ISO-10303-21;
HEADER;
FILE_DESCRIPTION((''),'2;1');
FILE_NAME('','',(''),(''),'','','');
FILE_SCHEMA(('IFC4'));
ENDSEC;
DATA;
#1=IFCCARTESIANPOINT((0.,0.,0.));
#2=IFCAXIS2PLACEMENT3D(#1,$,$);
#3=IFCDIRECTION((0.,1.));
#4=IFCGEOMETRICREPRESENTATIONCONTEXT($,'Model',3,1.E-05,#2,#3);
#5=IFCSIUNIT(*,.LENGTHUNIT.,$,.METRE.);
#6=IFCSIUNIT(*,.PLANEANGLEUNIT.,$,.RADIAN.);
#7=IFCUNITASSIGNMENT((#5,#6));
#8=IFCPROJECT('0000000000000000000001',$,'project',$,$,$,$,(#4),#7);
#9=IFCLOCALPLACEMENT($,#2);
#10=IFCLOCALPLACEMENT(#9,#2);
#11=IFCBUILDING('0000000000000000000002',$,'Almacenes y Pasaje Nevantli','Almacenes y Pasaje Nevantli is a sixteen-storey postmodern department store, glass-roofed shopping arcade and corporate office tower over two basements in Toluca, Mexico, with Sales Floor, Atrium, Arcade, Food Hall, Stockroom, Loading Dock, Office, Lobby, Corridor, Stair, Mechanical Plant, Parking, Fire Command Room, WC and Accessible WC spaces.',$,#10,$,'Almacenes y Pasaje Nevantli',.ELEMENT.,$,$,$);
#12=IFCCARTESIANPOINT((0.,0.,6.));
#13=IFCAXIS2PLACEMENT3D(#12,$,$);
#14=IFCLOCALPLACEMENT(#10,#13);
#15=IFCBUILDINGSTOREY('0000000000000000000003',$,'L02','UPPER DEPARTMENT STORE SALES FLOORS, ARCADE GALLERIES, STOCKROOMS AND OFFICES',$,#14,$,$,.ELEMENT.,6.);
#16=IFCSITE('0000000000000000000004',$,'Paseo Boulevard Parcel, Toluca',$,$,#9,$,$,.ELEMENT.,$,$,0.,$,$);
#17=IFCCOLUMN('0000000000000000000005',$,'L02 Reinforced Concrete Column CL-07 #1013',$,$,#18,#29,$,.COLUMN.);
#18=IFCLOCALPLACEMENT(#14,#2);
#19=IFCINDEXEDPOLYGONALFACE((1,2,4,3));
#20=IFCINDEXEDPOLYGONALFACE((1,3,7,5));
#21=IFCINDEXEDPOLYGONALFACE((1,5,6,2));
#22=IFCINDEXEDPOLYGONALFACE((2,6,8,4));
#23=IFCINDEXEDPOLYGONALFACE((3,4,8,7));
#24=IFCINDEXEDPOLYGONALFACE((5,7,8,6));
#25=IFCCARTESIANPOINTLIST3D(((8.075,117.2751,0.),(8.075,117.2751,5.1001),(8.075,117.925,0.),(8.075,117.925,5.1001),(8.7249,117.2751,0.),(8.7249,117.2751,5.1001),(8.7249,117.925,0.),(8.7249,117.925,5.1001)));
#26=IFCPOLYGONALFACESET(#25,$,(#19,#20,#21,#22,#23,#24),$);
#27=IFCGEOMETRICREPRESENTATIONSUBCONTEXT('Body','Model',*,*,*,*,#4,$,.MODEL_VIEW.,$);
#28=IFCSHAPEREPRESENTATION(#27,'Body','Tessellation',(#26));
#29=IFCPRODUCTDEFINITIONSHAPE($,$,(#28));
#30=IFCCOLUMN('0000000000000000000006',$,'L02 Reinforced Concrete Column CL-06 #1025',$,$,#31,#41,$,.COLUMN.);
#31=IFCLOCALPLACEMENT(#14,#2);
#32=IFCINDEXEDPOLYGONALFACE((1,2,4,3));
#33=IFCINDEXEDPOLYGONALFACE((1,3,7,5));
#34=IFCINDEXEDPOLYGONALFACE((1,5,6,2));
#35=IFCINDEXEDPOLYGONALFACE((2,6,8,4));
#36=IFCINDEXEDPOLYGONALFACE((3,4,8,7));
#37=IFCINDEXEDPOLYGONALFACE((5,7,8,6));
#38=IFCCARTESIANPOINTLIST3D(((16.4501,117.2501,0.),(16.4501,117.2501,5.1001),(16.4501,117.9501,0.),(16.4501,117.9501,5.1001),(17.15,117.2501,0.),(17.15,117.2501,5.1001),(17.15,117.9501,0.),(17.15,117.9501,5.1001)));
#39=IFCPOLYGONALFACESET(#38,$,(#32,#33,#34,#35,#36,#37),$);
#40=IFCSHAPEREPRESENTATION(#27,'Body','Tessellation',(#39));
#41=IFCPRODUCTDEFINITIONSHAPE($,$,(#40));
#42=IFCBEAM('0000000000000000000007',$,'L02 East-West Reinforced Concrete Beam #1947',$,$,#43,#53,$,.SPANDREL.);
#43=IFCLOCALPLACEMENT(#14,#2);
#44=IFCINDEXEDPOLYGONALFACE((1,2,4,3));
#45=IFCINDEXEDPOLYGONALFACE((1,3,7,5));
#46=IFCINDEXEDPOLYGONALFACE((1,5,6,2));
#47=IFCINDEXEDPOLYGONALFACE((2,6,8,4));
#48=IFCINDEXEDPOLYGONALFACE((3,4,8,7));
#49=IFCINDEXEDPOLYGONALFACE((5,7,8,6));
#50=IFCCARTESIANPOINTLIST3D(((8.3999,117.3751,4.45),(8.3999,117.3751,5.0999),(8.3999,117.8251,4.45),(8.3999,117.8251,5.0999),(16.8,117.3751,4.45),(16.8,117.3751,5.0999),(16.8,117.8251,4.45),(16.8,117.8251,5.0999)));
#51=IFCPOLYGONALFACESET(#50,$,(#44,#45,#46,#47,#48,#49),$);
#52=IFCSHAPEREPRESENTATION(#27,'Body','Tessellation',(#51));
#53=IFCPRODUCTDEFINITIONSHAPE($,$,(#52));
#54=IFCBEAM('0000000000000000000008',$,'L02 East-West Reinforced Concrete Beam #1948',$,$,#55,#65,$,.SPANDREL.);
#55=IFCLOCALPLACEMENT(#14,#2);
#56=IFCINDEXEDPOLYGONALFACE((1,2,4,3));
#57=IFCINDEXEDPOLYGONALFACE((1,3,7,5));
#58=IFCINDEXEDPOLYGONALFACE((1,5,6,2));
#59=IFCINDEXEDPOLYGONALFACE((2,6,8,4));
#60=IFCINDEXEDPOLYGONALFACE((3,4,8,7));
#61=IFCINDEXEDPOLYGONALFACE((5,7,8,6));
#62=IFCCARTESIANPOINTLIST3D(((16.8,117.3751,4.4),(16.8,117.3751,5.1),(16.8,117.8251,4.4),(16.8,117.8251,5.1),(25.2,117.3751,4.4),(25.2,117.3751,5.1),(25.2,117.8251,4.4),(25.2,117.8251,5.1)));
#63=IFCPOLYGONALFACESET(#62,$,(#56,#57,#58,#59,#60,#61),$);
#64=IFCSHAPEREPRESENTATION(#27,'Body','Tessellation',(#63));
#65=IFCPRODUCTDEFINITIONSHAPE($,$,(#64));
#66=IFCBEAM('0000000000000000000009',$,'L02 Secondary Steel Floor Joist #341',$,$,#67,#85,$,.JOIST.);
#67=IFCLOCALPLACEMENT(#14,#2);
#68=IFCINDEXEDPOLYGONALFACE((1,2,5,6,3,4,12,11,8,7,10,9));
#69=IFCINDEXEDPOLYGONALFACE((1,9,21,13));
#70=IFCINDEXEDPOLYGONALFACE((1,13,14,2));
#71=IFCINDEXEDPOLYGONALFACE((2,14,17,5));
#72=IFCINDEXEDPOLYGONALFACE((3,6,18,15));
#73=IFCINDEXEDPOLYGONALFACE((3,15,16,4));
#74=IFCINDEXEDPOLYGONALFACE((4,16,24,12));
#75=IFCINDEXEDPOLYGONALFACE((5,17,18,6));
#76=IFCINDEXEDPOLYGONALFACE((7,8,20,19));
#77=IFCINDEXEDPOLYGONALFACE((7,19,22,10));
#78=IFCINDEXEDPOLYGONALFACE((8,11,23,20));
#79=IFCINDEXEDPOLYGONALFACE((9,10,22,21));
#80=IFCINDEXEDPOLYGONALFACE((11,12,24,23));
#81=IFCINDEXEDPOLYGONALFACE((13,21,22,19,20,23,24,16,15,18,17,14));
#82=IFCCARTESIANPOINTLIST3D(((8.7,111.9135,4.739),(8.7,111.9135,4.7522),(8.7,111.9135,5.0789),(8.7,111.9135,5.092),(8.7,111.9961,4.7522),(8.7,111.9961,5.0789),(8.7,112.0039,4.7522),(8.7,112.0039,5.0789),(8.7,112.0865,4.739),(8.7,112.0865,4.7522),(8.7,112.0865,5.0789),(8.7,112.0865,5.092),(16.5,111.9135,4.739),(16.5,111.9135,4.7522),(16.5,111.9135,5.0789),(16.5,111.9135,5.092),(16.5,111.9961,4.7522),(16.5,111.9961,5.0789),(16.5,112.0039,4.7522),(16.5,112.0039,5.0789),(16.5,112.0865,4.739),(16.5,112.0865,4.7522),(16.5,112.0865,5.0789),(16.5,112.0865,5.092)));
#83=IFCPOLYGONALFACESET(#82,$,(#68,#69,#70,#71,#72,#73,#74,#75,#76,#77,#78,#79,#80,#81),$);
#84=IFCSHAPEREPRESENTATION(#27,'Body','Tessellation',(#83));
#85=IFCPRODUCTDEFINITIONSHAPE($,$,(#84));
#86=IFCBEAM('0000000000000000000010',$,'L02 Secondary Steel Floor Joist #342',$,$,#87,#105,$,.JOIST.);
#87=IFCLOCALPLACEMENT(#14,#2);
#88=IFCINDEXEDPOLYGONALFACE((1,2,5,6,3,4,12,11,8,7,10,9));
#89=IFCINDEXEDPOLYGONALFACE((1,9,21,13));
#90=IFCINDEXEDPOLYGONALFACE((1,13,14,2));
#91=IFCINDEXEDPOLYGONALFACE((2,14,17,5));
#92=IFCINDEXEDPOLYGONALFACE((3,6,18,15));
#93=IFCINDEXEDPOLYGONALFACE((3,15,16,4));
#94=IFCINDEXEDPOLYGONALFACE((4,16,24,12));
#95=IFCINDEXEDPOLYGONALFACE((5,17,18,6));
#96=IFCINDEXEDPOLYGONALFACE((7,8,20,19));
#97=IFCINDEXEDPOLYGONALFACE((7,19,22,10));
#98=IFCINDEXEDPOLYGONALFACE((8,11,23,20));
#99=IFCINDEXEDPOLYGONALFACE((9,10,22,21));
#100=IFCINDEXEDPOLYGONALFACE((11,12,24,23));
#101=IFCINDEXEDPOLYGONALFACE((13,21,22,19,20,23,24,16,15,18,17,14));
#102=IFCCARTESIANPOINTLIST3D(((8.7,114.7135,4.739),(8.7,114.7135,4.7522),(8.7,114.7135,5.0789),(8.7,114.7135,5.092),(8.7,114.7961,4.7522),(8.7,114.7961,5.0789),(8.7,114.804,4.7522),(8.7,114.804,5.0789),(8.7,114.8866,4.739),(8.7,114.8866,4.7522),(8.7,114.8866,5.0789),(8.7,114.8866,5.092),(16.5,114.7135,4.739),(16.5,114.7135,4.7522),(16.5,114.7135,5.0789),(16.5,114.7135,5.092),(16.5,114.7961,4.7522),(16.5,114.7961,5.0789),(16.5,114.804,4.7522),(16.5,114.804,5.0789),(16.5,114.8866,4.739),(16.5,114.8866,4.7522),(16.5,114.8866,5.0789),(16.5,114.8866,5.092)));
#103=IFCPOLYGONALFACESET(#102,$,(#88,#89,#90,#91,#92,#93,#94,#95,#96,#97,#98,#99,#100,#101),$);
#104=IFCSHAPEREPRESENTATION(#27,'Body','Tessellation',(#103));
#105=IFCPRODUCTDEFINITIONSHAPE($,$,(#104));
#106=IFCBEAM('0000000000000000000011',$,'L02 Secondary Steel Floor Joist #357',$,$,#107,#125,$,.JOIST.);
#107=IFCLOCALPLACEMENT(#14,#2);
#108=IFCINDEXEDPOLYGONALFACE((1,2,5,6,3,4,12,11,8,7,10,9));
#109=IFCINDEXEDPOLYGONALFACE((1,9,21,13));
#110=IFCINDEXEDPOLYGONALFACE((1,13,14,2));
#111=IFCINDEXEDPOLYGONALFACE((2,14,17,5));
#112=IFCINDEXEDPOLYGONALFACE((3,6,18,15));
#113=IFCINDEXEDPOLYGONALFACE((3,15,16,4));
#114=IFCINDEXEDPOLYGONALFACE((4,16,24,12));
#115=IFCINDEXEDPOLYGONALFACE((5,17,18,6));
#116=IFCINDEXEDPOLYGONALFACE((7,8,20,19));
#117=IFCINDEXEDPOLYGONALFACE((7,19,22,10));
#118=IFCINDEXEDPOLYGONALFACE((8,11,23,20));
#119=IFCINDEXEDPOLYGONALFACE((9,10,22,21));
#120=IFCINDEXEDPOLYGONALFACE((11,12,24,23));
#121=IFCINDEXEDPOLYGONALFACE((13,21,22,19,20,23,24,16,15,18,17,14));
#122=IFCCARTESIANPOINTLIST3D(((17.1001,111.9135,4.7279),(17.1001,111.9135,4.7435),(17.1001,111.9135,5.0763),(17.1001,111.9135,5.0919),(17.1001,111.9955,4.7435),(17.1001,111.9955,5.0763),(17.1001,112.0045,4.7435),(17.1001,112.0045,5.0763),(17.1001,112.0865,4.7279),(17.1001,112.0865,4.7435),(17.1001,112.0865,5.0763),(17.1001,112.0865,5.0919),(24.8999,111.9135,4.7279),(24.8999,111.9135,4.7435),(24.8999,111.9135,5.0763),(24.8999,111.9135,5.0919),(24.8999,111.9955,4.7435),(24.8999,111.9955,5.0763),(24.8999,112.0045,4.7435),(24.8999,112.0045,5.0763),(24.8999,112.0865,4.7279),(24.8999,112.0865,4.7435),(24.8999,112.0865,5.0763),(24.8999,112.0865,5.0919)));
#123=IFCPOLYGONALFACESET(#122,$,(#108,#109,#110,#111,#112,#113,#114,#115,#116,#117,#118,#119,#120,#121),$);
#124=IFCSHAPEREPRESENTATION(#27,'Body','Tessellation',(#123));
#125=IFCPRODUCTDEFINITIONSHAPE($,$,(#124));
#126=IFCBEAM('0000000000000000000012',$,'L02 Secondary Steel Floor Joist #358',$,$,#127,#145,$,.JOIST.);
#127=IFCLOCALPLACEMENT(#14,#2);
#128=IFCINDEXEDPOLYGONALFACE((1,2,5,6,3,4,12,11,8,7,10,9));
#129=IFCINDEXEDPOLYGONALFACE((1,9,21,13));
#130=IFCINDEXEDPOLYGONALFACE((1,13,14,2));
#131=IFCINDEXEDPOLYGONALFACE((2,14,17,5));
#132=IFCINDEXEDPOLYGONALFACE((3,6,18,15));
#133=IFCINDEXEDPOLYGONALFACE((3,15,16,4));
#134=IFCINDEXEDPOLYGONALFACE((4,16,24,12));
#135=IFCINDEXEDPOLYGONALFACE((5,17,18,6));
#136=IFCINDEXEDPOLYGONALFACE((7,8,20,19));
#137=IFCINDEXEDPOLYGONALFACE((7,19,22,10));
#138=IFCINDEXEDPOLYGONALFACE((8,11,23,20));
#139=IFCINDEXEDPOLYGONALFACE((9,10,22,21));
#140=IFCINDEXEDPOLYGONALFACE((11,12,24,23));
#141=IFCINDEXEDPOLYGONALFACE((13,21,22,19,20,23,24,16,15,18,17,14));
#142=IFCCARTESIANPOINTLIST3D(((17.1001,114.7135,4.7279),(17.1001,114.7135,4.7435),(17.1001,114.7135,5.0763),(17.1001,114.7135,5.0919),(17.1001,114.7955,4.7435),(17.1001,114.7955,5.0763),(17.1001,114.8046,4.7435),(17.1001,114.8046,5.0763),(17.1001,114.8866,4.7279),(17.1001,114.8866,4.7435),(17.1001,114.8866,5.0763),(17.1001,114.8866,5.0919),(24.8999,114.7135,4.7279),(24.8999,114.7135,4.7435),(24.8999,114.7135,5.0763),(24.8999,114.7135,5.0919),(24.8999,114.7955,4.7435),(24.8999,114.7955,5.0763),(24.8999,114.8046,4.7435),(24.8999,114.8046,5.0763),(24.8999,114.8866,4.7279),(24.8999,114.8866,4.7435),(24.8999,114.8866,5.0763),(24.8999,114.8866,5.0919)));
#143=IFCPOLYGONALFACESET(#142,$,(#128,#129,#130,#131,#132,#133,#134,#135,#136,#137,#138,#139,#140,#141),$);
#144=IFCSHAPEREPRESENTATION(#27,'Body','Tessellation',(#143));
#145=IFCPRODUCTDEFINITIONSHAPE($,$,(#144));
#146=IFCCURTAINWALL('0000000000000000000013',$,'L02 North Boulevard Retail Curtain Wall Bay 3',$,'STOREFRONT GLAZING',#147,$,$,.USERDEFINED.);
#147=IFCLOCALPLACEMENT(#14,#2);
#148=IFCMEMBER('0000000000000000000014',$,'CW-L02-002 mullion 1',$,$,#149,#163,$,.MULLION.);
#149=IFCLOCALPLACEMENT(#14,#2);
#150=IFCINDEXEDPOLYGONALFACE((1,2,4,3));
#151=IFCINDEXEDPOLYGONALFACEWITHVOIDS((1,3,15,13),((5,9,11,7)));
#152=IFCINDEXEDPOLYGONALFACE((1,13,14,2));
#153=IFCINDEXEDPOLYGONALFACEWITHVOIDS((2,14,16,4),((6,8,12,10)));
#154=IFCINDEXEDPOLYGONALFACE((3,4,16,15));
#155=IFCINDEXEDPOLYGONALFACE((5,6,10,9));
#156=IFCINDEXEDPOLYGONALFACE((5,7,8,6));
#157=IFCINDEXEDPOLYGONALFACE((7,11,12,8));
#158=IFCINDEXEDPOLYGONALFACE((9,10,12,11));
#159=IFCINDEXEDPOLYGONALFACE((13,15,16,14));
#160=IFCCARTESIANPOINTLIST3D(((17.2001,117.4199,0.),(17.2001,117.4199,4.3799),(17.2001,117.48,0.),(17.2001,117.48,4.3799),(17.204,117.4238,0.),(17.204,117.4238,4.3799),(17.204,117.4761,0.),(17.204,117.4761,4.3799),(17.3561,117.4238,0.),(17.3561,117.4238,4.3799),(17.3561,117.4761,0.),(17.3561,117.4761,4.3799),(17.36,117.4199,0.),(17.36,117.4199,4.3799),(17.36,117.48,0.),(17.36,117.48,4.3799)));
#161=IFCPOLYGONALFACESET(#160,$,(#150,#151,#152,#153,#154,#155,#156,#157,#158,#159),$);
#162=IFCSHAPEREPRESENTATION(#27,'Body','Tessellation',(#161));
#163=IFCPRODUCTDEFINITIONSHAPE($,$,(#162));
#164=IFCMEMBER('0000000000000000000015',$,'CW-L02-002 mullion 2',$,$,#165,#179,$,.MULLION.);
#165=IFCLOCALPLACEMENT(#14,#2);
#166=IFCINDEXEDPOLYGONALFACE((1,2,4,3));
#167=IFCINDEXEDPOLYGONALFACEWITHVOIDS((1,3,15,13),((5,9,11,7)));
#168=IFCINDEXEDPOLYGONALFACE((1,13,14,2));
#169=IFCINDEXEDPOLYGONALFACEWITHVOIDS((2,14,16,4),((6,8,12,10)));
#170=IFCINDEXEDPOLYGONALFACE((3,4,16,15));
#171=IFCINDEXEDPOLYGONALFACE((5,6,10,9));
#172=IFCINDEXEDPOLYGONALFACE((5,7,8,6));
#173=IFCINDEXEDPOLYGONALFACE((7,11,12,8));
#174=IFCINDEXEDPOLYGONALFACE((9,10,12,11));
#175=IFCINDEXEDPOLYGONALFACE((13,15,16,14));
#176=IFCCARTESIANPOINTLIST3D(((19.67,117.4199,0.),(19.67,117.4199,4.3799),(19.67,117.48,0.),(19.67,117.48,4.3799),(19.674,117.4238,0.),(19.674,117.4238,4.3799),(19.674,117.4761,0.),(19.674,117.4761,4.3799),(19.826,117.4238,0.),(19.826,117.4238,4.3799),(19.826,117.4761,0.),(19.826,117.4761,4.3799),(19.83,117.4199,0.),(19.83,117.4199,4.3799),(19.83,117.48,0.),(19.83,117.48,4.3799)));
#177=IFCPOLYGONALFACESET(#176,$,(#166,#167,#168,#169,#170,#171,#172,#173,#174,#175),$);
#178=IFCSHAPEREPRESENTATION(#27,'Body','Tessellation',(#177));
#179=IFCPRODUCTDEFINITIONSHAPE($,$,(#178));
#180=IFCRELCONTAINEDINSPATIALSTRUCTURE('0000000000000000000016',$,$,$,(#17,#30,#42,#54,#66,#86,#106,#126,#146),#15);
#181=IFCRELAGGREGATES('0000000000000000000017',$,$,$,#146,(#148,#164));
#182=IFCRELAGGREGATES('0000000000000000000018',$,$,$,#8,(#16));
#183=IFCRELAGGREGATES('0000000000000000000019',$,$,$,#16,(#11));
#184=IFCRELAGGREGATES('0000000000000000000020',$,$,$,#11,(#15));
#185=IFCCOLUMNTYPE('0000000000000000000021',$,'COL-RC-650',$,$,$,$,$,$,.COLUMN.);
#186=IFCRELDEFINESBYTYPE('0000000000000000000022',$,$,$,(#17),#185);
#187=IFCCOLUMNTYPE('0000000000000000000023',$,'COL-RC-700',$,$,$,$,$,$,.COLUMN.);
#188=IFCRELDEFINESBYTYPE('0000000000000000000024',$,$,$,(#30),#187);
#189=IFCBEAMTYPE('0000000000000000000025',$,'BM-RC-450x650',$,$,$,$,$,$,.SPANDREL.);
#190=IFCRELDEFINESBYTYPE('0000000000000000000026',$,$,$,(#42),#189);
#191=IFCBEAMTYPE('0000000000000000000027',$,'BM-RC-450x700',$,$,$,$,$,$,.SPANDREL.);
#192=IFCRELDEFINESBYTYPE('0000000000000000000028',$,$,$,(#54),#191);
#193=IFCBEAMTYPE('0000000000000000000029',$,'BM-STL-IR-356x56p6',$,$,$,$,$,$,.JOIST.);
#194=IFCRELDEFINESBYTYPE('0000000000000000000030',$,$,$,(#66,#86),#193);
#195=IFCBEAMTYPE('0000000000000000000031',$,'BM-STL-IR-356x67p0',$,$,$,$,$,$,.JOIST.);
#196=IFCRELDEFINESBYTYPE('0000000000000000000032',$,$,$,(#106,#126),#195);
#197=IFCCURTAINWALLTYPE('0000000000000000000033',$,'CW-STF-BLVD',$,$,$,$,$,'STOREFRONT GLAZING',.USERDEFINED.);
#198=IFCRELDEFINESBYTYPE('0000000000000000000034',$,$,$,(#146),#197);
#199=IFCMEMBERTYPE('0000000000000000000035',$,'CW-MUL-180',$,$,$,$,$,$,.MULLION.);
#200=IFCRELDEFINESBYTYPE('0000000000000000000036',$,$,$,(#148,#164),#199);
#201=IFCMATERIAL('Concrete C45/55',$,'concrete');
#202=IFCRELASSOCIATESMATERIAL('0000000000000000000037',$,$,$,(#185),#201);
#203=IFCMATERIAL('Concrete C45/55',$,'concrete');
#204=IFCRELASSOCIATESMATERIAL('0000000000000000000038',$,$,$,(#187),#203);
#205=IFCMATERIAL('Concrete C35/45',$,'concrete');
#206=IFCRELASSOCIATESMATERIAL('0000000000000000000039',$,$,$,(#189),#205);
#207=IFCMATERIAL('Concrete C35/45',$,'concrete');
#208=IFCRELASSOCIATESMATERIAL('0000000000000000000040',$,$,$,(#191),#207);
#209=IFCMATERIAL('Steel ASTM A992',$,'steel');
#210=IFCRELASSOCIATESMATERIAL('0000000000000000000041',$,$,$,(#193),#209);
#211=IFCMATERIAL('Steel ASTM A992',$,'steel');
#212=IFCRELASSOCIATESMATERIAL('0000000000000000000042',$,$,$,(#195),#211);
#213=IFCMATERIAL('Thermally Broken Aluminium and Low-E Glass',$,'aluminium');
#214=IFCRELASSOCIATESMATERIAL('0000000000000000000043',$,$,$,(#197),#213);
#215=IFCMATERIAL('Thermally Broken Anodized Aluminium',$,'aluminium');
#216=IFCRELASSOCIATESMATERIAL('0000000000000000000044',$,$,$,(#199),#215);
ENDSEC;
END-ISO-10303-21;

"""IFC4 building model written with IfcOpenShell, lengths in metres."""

from ifc_helpers import new_model, si_unit, direction, frame, origin, origin_2d, place, context, subcontext, project, spatial, rectangle, hollow_rectangle, i_section, extrude, material, material_profile, profile_set, type_object, element, aggregate, save


model = new_model("IFC4")

# Units and contexts
model_context = context("Model", 3, precision=1e-05, world=origin(), true_north=direction((0.0, 1.0)))
body_context = subcontext(model_context, "Body", "Model", "MODEL_VIEW")
ifc_project = project(units=[si_unit("LENGTHUNIT", "METRE"), si_unit("PLANEANGLEUNIT", "RADIAN")], contexts=[model_context])

# Site, building, storey
site_placement = place(None, origin())
site = spatial("IfcSite", under=ifc_project, at=site_placement, Name="Paseo Boulevard Parcel, Toluca", CompositionType="ELEMENT", RefElevation=0.0)
building_placement = place(site_placement, origin())
building = spatial("IfcBuilding", under=site, at=building_placement, Name="Almacenes y Pasaje Nevantli", Description="Almacenes y Pasaje Nevantli is a sixteen-storey postmodern department store, glass-roofed shopping arcade and corporate office tower over two basements in Toluca, Mexico, with Sales Floor, Atrium, Arcade, Food Hall, Stockroom, Loading Dock, Office, Lobby, Corridor, Stair, Mechanical Plant, Parking, Fire Command Room, WC and Accessible WC spaces.", LongName="Almacenes y Pasaje Nevantli", CompositionType="ELEMENT")
storey_placement = place(building_placement, frame((0.0, 0.0, 6.0)))
storey = spatial("IfcBuildingStorey", under=building, at=storey_placement, Name="L02", Description="UPPER DEPARTMENT STORE SALES FLOORS, ARCADE GALLERIES, STOCKROOMS AND OFFICES", CompositionType="ELEMENT", Elevation=6.0)

# Columns
ifc_material_1 = material(Name="Concrete C45/55", Category="concrete")
ifc_material_profile_1 = material_profile(ifc_material_1, rectangle(XDim=0.6499, YDim=0.6499, at=origin_2d()), Name="RC-COL-650x650")
ifc_profile_set_1 = profile_set([ifc_material_profile_1], Name="Concrete C45/55")
column_type_1 = type_object("IfcColumnType", Name="COL-RC-650", PredefinedType="COLUMN", material=ifc_profile_set_1)
column_1_placement = place(storey_placement, frame((8.3999, 117.6001, 0.0), z_axis=(0.0, 0.0, 1.0), x_axis=(1.0, 0.0, 0.0)))
element("IfcColumn", 1, at=column_1_placement, inside=storey, type_object=column_type_1, Name="L02 Reinforced Concrete Column CL-07 #1013", PredefinedType="COLUMN", context=body_context, shape_type="SweptSolid", body=[
    extrude(rectangle(XDim=0.6499, YDim=0.6499, at=origin_2d()), origin(), (0.0, 0.0, 1.0), 5.1001),
])
ifc_material_2 = material(Name="Concrete C45/55", Category="concrete")
ifc_material_profile_2 = material_profile(ifc_material_2, rectangle(XDim=0.7, YDim=0.7, at=origin_2d()), Name="RC-COL-700x700")
ifc_profile_set_2 = profile_set([ifc_material_profile_2], Name="Concrete C45/55")
column_type_2 = type_object("IfcColumnType", Name="COL-RC-700", PredefinedType="COLUMN", material=ifc_profile_set_2)
column_2_placement = place(storey_placement, frame((16.8, 117.6001, 0.0), z_axis=(0.0, 0.0, 1.0), x_axis=(1.0, 0.0, 0.0)))
element("IfcColumn", 2, at=column_2_placement, inside=storey, type_object=column_type_2, Name="L02 Reinforced Concrete Column CL-06 #1025", PredefinedType="COLUMN", context=body_context, shape_type="SweptSolid", body=[
    extrude(rectangle(XDim=0.7, YDim=0.7, at=origin_2d()), origin(), (0.0, 0.0, 1.0), 5.1001),
])

# Beams
ifc_material_3 = material(Name="Concrete C35/45", Category="concrete")
ifc_material_profile_3 = material_profile(ifc_material_3, rectangle(XDim=0.45, YDim=0.6499, at=origin_2d()), Name="RC-BM-450x650")
ifc_profile_set_3 = profile_set([ifc_material_profile_3], Name="Concrete C35/45")
beam_type_1 = type_object("IfcBeamType", Name="BM-RC-450x650", PredefinedType="SPANDREL", material=ifc_profile_set_3)
beam_1_placement = place(storey_placement, frame((8.3999, 117.6001, 4.7749), z_axis=(1.0, 0.0, 0.0), x_axis=(0.0, 1.0, 0.0)))
element("IfcBeam", 3, at=beam_1_placement, inside=storey, type_object=beam_type_1, Name="L02 East-West Reinforced Concrete Beam #1947", PredefinedType="SPANDREL", context=body_context, shape_type="SweptSolid", body=[
    extrude(rectangle(XDim=0.45, YDim=0.6499, at=origin_2d()), origin(), (0.0, 0.0, 1.0), 8.4001),
])
ifc_material_4 = material(Name="Concrete C35/45", Category="concrete")
ifc_material_profile_4 = material_profile(ifc_material_4, rectangle(XDim=0.45, YDim=0.7, at=origin_2d()), Name="RC-BM-450x700")
ifc_profile_set_4 = profile_set([ifc_material_profile_4], Name="Concrete C35/45")
beam_type_2 = type_object("IfcBeamType", Name="BM-RC-450x700", PredefinedType="SPANDREL", material=ifc_profile_set_4)
beam_2_placement = place(storey_placement, frame((16.8, 117.6001, 4.75), z_axis=(1.0, 0.0, 0.0), x_axis=(0.0, 1.0, 0.0)))
element("IfcBeam", 4, at=beam_2_placement, inside=storey, type_object=beam_type_2, Name="L02 East-West Reinforced Concrete Beam #1948", PredefinedType="SPANDREL", context=body_context, shape_type="SweptSolid", body=[
    extrude(rectangle(XDim=0.45, YDim=0.7, at=origin_2d()), origin(), (0.0, 0.0, 1.0), 8.3999),
])
ifc_material_5 = material(Name="Steel ASTM A992", Category="steel")
ifc_material_profile_5 = material_profile(ifc_material_5, i_section(OverallWidth=0.1731, OverallDepth=0.353, WebThickness=0.0078, FlangeThickness=0.0132, at=origin_2d()), Name="IR 356x56.6")
ifc_profile_set_5 = profile_set([ifc_material_profile_5], Name="Steel ASTM A992")
beam_type_3 = type_object("IfcBeamType", Name="BM-STL-IR-356x56p6", PredefinedType="JOIST", material=ifc_profile_set_5)
for number, where, z_axis, x_axis, name in (
    (5, (8.7, 112.0, 4.9155), (1.0, 0.0, 0.0), (0.0, 1.0, 0.0), "L02 Secondary Steel Floor Joist #341"),
    (6, (8.7, 114.8, 4.9155), (1.0, 0.0, 0.0), (0.0, 1.0, 0.0), "L02 Secondary Steel Floor Joist #342"),
):
    element("IfcBeam", number, at=place(storey_placement, frame(where, z_axis=z_axis, x_axis=x_axis)), inside=storey, type_object=beam_type_3, Name=name, PredefinedType="JOIST", context=body_context, shape_type="SweptSolid", body=[
        extrude(i_section(OverallWidth=0.1731, OverallDepth=0.353, WebThickness=0.0078, FlangeThickness=0.0132, at=origin_2d()), origin(), (0.0, 0.0, 1.0), 7.8),
    ])
ifc_material_6 = material(Name="Steel ASTM A992", Category="steel")
ifc_material_profile_6 = material_profile(ifc_material_6, i_section(OverallWidth=0.1731, OverallDepth=0.364, WebThickness=0.009, FlangeThickness=0.0156, at=origin_2d()), Name="IR 356x67.0")
ifc_profile_set_6 = profile_set([ifc_material_profile_6], Name="Steel ASTM A992")
beam_type_4 = type_object("IfcBeamType", Name="BM-STL-IR-356x67p0", PredefinedType="JOIST", material=ifc_profile_set_6)
for number, where, z_axis, x_axis, name in (
    (7, (17.1001, 112.0, 4.9099), (1.0, 0.0, 0.0), (0.0, 1.0, 0.0), "L02 Secondary Steel Floor Joist #357"),
    (8, (17.1001, 114.8, 4.9099), (1.0, 0.0, 0.0), (0.0, 1.0, 0.0), "L02 Secondary Steel Floor Joist #358"),
):
    element("IfcBeam", number, at=place(storey_placement, frame(where, z_axis=z_axis, x_axis=x_axis)), inside=storey, type_object=beam_type_4, Name=name, PredefinedType="JOIST", context=body_context, shape_type="SweptSolid", body=[
        extrude(i_section(OverallWidth=0.1731, OverallDepth=0.364, WebThickness=0.009, FlangeThickness=0.0156, at=origin_2d()), origin(), (0.0, 0.0, 1.0), 7.7998),
    ])

# Curtain wall, members
ifc_material_7 = material(Name="Thermally Broken Aluminium and Low-E Glass", Category="aluminium")
curtain_wall_type = type_object("IfcCurtainWallType", Name="CW-STF-BLVD", ElementType="STOREFRONT GLAZING", PredefinedType="USERDEFINED", material=ifc_material_7)
curtain_wall_placement = place(storey_placement, origin())
curtain_wall = element("IfcCurtainWall", 9, at=curtain_wall_placement, inside=storey, type_object=curtain_wall_type, Name="L02 North Boulevard Retail Curtain Wall Bay 3", ObjectType="STOREFRONT GLAZING", PredefinedType="USERDEFINED")
ifc_material_8 = material(Name="Thermally Broken Anodized Aluminium", Category="aluminium")
ifc_material_profile_7 = material_profile(ifc_material_8, hollow_rectangle(XDim=0.0601, YDim=0.1599, WallThickness=0.0039, at=origin_2d()), Name="ALU-MUL-60x160")
ifc_profile_set_7 = profile_set([ifc_material_profile_7], Name="Thermally Broken Anodized Aluminium")
member_type_1 = type_object("IfcMemberType", Name="CW-MUL-180", PredefinedType="MULLION", material=ifc_profile_set_7)
member_1_placement = place(storey_placement, frame((17.28, 117.45, 0.0), z_axis=(0.0, 0.0, 1.0), x_axis=(0.0, 1.0, 0.0)))
member_1 = element("IfcMember", 10, at=member_1_placement, type_object=member_type_1, Name="CW-L02-002 mullion 1", PredefinedType="MULLION", context=body_context, shape_type="SweptSolid", body=[
    extrude(hollow_rectangle(XDim=0.0601, YDim=0.1599, WallThickness=0.0039, at=origin_2d()), origin(), (0.0, 0.0, 1.0), 4.3799),
])
member_2_placement = place(storey_placement, frame((19.75, 117.45, 0.0), z_axis=(0.0, 0.0, 1.0), x_axis=(0.0, 1.0, 0.0)))
member_2 = element("IfcMember", 11, at=member_2_placement, type_object=member_type_1, Name="CW-L02-002 mullion 2", PredefinedType="MULLION", context=body_context, shape_type="SweptSolid", body=[
    extrude(hollow_rectangle(XDim=0.0601, YDim=0.1599, WallThickness=0.0039, at=origin_2d()), origin(), (0.0, 0.0, 1.0), 4.3799),
])
aggregate(curtain_wall, [member_1, member_2])

save(model, "model.ifc")
